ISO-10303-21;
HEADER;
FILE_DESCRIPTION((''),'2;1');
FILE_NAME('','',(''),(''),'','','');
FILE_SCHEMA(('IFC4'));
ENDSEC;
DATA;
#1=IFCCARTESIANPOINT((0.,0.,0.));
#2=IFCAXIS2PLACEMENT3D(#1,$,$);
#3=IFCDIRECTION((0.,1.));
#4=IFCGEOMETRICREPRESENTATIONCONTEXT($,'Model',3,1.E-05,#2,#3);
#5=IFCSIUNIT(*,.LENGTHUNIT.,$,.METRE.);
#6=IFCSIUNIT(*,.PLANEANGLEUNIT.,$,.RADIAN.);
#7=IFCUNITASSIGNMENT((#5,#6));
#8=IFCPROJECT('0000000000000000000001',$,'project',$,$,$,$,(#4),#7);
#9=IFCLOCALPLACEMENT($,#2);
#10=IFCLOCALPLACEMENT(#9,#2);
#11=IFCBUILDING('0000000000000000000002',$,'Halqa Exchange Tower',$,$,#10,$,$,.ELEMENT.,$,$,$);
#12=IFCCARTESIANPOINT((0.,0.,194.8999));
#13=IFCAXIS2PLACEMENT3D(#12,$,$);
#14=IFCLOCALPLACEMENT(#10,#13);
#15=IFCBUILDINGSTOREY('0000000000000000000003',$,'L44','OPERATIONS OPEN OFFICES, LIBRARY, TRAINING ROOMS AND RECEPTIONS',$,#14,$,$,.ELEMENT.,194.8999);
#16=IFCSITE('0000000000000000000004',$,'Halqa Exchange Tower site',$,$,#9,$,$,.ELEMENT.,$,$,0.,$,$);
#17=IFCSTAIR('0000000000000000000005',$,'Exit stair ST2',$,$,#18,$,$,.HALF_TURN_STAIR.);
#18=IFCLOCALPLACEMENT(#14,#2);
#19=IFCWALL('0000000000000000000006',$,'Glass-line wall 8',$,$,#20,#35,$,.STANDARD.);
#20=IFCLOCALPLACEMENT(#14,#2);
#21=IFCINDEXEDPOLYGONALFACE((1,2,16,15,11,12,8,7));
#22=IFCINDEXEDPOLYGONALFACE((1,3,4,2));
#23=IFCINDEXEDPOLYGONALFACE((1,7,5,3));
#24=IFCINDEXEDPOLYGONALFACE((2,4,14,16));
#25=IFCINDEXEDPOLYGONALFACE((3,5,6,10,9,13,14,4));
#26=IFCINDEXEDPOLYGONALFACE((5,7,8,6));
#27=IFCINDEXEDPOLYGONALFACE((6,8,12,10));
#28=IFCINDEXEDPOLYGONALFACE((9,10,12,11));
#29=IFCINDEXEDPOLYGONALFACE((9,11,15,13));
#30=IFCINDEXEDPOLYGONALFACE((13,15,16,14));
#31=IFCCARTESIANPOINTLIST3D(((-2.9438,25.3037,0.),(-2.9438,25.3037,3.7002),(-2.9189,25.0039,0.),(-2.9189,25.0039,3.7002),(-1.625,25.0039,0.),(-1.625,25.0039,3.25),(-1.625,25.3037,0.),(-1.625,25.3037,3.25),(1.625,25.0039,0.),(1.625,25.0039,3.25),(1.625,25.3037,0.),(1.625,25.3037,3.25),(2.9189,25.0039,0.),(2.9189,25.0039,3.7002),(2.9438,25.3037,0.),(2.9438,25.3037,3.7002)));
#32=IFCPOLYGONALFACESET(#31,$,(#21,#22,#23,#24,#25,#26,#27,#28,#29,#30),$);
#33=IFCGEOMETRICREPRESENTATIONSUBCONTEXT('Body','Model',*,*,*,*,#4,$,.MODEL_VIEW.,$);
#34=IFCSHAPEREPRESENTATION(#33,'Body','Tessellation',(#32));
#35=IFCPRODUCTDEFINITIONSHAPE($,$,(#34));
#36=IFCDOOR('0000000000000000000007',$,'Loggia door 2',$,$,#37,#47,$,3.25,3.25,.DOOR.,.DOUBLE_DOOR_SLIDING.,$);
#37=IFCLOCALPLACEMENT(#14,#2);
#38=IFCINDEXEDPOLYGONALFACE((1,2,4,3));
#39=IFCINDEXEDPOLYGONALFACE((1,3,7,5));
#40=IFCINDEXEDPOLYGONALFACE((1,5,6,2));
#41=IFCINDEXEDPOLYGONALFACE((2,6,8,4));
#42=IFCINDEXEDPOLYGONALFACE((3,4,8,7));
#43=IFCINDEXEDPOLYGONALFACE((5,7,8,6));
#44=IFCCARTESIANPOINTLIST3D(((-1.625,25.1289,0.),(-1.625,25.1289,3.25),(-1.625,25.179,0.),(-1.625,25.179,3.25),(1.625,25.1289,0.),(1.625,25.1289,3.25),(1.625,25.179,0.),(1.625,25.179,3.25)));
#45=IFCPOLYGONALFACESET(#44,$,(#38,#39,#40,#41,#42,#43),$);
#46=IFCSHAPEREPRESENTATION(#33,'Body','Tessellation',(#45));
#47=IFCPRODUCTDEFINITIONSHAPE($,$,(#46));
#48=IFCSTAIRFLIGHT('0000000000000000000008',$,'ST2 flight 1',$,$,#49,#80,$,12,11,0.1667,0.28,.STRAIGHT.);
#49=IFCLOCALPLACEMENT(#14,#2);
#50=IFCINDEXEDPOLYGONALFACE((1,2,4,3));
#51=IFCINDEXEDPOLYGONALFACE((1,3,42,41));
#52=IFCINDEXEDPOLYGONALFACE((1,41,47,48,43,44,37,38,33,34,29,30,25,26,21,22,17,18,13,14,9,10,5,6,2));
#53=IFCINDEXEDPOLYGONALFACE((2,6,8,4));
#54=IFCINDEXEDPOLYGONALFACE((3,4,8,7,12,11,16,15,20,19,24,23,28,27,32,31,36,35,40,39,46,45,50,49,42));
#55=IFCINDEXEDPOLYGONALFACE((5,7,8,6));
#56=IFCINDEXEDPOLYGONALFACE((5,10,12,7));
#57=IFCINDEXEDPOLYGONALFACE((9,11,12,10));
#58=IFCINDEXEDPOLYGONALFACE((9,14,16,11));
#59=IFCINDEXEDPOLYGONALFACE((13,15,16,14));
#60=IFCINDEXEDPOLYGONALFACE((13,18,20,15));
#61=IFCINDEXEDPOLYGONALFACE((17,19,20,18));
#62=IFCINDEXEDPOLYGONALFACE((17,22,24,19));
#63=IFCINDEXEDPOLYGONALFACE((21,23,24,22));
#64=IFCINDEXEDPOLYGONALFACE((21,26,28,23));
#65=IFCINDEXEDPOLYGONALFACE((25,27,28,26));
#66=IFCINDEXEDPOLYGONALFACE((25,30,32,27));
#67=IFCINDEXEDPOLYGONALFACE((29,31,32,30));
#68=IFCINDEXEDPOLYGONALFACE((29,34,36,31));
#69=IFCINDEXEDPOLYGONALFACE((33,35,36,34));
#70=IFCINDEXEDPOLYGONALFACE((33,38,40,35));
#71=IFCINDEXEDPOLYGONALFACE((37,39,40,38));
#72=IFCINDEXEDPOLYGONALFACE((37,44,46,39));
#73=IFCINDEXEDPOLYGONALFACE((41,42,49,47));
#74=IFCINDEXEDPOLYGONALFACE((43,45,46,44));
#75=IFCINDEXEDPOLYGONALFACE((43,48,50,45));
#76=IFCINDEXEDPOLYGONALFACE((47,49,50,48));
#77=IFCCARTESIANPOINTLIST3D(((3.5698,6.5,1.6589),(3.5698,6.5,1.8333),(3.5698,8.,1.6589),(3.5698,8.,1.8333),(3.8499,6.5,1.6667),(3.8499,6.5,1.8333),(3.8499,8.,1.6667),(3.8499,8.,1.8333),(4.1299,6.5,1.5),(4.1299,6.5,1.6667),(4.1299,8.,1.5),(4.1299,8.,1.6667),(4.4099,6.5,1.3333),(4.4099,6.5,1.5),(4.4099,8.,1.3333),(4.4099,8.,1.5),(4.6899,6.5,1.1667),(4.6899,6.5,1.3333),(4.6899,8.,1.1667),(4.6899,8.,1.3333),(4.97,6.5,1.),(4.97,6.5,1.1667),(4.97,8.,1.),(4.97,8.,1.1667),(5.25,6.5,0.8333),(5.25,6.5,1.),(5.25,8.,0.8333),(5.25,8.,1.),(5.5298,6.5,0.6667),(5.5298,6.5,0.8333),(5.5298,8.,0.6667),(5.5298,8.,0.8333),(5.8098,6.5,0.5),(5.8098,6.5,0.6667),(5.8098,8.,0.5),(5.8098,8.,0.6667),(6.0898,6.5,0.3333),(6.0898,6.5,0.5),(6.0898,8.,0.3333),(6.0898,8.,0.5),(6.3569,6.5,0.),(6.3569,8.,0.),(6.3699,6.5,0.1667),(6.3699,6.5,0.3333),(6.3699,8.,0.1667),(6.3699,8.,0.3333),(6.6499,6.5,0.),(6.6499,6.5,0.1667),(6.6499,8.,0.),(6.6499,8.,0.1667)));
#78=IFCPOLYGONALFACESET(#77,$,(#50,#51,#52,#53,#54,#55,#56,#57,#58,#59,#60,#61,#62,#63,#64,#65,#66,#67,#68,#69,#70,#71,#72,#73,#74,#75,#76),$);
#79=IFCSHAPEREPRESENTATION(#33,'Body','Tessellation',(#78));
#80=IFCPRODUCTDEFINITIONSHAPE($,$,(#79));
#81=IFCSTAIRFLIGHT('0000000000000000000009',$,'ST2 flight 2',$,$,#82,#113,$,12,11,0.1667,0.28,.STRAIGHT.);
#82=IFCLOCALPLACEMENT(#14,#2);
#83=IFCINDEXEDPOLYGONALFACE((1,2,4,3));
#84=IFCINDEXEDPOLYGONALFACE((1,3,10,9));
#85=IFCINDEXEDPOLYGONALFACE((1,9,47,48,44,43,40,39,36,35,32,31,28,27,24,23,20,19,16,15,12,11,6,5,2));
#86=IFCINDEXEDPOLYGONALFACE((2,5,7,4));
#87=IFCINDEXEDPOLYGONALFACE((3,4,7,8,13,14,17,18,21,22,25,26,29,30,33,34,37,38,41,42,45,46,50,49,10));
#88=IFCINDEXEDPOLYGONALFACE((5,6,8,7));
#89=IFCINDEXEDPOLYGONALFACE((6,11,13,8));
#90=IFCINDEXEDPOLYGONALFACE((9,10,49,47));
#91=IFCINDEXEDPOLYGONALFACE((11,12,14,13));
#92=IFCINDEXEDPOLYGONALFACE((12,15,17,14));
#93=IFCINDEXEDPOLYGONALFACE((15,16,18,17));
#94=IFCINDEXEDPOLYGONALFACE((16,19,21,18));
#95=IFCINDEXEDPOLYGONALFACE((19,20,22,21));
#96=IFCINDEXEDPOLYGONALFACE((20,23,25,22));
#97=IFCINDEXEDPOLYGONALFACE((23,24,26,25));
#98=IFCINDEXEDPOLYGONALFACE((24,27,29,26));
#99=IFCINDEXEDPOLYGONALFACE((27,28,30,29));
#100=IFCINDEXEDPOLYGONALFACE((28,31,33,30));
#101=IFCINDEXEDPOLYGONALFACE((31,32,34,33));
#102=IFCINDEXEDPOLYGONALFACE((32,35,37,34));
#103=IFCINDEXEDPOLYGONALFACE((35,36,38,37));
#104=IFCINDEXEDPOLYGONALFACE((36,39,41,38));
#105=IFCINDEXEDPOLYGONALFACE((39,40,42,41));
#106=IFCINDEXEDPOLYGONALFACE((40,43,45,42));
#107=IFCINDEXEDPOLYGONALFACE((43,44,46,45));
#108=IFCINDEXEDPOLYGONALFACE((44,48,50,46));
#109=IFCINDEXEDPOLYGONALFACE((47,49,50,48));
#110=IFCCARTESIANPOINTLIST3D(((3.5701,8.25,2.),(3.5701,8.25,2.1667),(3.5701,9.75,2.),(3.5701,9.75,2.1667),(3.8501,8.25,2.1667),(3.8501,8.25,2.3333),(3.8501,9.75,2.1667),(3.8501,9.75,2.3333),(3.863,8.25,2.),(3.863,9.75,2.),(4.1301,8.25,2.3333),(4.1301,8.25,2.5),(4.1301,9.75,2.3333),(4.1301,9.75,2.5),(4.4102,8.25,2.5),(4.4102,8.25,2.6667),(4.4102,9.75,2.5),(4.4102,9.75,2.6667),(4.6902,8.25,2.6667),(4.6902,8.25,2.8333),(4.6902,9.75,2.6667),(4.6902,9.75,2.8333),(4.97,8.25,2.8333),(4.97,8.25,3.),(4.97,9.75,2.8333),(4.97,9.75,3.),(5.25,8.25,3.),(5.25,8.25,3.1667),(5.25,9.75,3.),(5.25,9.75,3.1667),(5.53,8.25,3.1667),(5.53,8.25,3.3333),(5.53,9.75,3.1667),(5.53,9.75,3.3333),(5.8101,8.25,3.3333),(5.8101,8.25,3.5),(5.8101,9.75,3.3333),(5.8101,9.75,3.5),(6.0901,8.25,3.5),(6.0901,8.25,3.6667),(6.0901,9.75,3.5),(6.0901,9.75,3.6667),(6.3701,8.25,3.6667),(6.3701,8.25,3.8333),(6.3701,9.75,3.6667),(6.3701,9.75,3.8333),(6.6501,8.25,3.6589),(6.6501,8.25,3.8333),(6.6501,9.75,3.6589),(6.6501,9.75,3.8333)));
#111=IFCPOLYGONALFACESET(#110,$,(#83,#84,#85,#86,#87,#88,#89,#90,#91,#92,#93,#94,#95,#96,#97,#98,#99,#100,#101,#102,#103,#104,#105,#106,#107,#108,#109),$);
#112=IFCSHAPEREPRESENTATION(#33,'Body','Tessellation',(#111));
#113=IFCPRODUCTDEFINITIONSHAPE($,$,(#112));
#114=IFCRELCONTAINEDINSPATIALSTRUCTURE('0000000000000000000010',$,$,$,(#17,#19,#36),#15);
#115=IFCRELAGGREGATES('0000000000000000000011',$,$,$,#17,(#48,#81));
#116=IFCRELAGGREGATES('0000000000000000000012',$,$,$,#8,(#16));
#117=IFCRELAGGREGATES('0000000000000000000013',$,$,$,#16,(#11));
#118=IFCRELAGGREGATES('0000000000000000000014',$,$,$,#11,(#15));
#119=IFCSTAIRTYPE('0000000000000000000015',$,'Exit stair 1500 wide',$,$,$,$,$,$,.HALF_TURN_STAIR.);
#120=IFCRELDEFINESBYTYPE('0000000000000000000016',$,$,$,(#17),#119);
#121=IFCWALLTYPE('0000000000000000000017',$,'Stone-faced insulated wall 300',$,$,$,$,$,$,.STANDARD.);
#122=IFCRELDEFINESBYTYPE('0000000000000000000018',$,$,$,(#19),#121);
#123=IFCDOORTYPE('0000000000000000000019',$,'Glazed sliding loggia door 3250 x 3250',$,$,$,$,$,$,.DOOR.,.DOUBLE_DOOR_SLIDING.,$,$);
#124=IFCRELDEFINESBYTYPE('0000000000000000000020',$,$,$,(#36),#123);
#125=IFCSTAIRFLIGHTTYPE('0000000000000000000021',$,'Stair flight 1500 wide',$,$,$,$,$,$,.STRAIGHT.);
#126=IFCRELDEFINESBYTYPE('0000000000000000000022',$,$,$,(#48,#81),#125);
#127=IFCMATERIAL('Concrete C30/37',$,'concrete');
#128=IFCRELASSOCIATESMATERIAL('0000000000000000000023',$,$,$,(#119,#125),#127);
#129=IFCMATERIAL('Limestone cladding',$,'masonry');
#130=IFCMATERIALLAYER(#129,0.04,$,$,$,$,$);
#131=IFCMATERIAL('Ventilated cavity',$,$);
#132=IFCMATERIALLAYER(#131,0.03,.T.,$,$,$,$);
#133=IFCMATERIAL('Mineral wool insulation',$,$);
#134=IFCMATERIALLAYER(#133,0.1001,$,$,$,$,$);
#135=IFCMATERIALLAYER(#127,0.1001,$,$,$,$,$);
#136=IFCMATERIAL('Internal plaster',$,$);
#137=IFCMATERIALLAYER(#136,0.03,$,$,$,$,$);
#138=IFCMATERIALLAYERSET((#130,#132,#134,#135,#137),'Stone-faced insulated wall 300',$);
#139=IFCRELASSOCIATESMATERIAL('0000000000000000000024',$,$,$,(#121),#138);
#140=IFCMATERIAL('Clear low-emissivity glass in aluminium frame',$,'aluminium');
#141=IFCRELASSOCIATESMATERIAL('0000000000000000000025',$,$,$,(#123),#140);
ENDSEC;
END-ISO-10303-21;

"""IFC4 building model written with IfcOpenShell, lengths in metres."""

from ifc_helpers import new_model, si_unit, direction, frame, frame_2d, origin, place, context, subcontext, project, spatial, polyline, rectangle, outline, extrude, material, layer, layer_set, type_object, element, fill, aggregate, save


model = new_model("IFC4")

# Units and contexts
model_context = context("Model", 3, precision=1e-05, world=origin(), true_north=direction((0.0, 1.0)))
body_context = subcontext(model_context, "Body", "Model", "MODEL_VIEW")
ifc_project = project(units=[si_unit("LENGTHUNIT", "METRE"), si_unit("PLANEANGLEUNIT", "RADIAN")], contexts=[model_context])

# Site, building, storey
site_placement = place(None, origin())
site = spatial("IfcSite", under=ifc_project, at=site_placement, Name="Halqa Exchange Tower site", CompositionType="ELEMENT", RefElevation=0.0)
building_placement = place(site_placement, origin())
building = spatial("IfcBuilding", under=site, at=building_placement, Name="Halqa Exchange Tower", CompositionType="ELEMENT")
storey_placement = place(building_placement, frame((0.0, 0.0, 194.8999)))
storey = spatial("IfcBuildingStorey", under=building, at=storey_placement, Name="L44", Description="OPERATIONS OPEN OFFICES, LIBRARY, TRAINING ROOMS AND RECEPTIONS", CompositionType="ELEMENT", Elevation=194.8999)

# Stair
ifc_material_1 = material(Name="Concrete C30/37", Category="concrete")
stair_type = type_object("IfcStairType", Name="Exit stair 1500 wide", PredefinedType="HALF_TURN_STAIR", material=ifc_material_1)
stair_1_placement = place(storey_placement, origin())
stair_1 = element("IfcStair", 1, at=stair_1_placement, inside=storey, type_object=stair_type, Name="Exit stair ST2", PredefinedType="HALF_TURN_STAIR")

# Shared definitions
ifc_material_2 = material(Name="Limestone cladding", Category="masonry")
ifc_layer_1 = layer(ifc_material_2, 0.04)
ifc_material_3 = material(Name="Ventilated cavity")
ifc_layer_2 = layer(ifc_material_3, 0.03, ventilated=True)
ifc_material_4 = material(Name="Mineral wool insulation")
ifc_layer_3 = layer(ifc_material_4, 0.1001)
ifc_layer_4 = layer(ifc_material_1, 0.1001)
ifc_material_5 = material(Name="Internal plaster")
ifc_layer_5 = layer(ifc_material_5, 0.03)
ifc_layer_set_1 = layer_set([ifc_layer_1, ifc_layer_2, ifc_layer_3, ifc_layer_4, ifc_layer_5], Name="Stone-faced insulated wall 300")
wall_type_1 = type_object("IfcWallType", Name="Stone-faced insulated wall 300", PredefinedType="STANDARD", material=ifc_layer_set_1)
ifc_material_6 = material(Name="Clear low-emissivity glass in aluminium frame", Category="aluminium")

# Wall, opening, door
wall_1_placement = place(storey_placement, frame((2.9314, 25.1538, 0.0), z_axis=(0.0, 0.0, 1.0), x_axis=(-1.0, 0.0, 0.0)))
wall_1 = element("IfcWall", 2, at=wall_1_placement, inside=storey, type_object=wall_type_1, Name="Glass-line wall 8", PredefinedType="STANDARD", context=body_context, shape_type="SweptSolid", body=[
    extrude(outline(polyline([(-0.0125, -0.1499), (5.8752, -0.1499), (5.8503, 0.1499), (0.0125, 0.1499), (-0.0125, -0.1499)])), origin(), (0.0, 0.0, 1.0), 3.7002),
])
opening_1_placement = place(wall_1_placement, frame((1.3064, 0.0, 0.0)))
opening_1 = element("IfcOpeningElement", 3, at=opening_1_placement, cuts=wall_1, PredefinedType="OPENING", context=body_context, shape_type="SweptSolid", body=[
    extrude(rectangle(XDim=3.25, YDim=3.25, at=frame_2d((1.625, 1.625))), frame((0.0, 0.1621, 0.0), z_axis=(0.0, -1.0, 0.0), x_axis=(1.0, 0.0, 0.0)), (0.0, 0.0, 1.0), 0.324),
])
door_type_1 = type_object("IfcDoorType", Name="Glazed sliding loggia door 3250 x 3250", OperationType="DOUBLE_DOOR_SLIDING", PredefinedType="DOOR", material=ifc_material_6)
door_1_placement = place(opening_1_placement, origin())
door_1 = element("IfcDoor", 4, at=door_1_placement, inside=storey, type_object=door_type_1, Name="Loggia door 2", OperationType="DOUBLE_DOOR_SLIDING", OverallHeight=3.25, OverallWidth=3.25, PredefinedType="DOOR", context=body_context, shape_type="SweptSolid", body=[
    extrude(rectangle(XDim=3.25, YDim=3.25, at=frame_2d((1.625, 1.625))), frame((0.0, 0.0249, 0.0), z_axis=(0.0, -1.0, 0.0), x_axis=(1.0, 0.0, 0.0)), (0.0, 0.0, 1.0), 0.05),
])
fill(opening_1, door_1)

# Stair flights
stair_flight_type = type_object("IfcStairFlightType", Name="Stair flight 1500 wide", PredefinedType="STRAIGHT", material=ifc_material_1)
stair_flight_1_placement = place(storey_placement, frame((6.6499, 7.25, 0.0), z_axis=(0.0, 0.0, 1.0), x_axis=(-1.0, 0.0, 0.0)))
stair_flight_1 = element("IfcStairFlight", 5, at=stair_flight_1_placement, type_object=stair_flight_type, Name="ST2 flight 1", NumberOfRisers=12, NumberOfTreads=11, PredefinedType="STRAIGHT", RiserHeight=0.1667, TreadLength=0.28, context=body_context, shape_type="SweptSolid", body=[
    extrude(outline(polyline([(0.0, 0.0), (0.0, 0.1667), (0.28, 0.1667), (0.28, 0.3333), (0.5601, 0.3333), (0.5601, 0.5), (0.8401, 0.5), (0.8401, 0.6667), (1.1201, 0.6667), (1.1201, 0.8333), (1.3999, 0.8333), (1.3999, 1.0), (1.6799, 1.0), (1.6799, 1.1667), (1.96, 1.1667), (1.96, 1.3333), (2.24, 1.3333), (2.24, 1.5), (2.52, 1.5), (2.52, 1.6667), (2.8, 1.6667), (2.8, 1.8333), (3.0801, 1.8333), (3.0801, 2.0), (3.0801, 1.6589), (0.293, 0.0), (0.0, 0.0)])), frame((0.0, 0.75, 0.0), z_axis=(0.0, -1.0, 0.0), x_axis=(1.0, 0.0, 0.0)), (0.0, 0.0, 1.0), 1.5),
])
stair_flight_2_placement = place(storey_placement, frame((3.5701, 9.0, 2.0), z_axis=(0.0, 0.0, 1.0), x_axis=(1.0, 0.0, 0.0)))
stair_flight_2 = element("IfcStairFlight", 6, at=stair_flight_2_placement, type_object=stair_flight_type, Name="ST2 flight 2", NumberOfRisers=12, NumberOfTreads=11, PredefinedType="STRAIGHT", RiserHeight=0.1667, TreadLength=0.28, context=body_context, shape_type="SweptSolid", body=[
    extrude(outline(polyline([(0.0, 0.0), (0.0, 0.1667), (0.28, 0.1667), (0.28, 0.3333), (0.5601, 0.3333), (0.5601, 0.5), (0.8401, 0.5), (0.8401, 0.6667), (1.1201, 0.6667), (1.1201, 0.8333), (1.3999, 0.8333), (1.3999, 1.0), (1.6799, 1.0), (1.6799, 1.1667), (1.96, 1.1667), (1.96, 1.3333), (2.24, 1.3333), (2.24, 1.5), (2.52, 1.5), (2.52, 1.6667), (2.8, 1.6667), (2.8, 1.8333), (3.0801, 1.8333), (3.0801, 2.0), (3.0801, 1.6589), (0.293, 0.0), (0.0, 0.0)])), frame((0.0, 0.75, 0.0), z_axis=(0.0, -1.0, 0.0), x_axis=(1.0, 0.0, 0.0)), (0.0, 0.0, 1.0), 1.5),
])
aggregate(stair_1, [stair_flight_1, stair_flight_2])

save(model, "model.ifc")
